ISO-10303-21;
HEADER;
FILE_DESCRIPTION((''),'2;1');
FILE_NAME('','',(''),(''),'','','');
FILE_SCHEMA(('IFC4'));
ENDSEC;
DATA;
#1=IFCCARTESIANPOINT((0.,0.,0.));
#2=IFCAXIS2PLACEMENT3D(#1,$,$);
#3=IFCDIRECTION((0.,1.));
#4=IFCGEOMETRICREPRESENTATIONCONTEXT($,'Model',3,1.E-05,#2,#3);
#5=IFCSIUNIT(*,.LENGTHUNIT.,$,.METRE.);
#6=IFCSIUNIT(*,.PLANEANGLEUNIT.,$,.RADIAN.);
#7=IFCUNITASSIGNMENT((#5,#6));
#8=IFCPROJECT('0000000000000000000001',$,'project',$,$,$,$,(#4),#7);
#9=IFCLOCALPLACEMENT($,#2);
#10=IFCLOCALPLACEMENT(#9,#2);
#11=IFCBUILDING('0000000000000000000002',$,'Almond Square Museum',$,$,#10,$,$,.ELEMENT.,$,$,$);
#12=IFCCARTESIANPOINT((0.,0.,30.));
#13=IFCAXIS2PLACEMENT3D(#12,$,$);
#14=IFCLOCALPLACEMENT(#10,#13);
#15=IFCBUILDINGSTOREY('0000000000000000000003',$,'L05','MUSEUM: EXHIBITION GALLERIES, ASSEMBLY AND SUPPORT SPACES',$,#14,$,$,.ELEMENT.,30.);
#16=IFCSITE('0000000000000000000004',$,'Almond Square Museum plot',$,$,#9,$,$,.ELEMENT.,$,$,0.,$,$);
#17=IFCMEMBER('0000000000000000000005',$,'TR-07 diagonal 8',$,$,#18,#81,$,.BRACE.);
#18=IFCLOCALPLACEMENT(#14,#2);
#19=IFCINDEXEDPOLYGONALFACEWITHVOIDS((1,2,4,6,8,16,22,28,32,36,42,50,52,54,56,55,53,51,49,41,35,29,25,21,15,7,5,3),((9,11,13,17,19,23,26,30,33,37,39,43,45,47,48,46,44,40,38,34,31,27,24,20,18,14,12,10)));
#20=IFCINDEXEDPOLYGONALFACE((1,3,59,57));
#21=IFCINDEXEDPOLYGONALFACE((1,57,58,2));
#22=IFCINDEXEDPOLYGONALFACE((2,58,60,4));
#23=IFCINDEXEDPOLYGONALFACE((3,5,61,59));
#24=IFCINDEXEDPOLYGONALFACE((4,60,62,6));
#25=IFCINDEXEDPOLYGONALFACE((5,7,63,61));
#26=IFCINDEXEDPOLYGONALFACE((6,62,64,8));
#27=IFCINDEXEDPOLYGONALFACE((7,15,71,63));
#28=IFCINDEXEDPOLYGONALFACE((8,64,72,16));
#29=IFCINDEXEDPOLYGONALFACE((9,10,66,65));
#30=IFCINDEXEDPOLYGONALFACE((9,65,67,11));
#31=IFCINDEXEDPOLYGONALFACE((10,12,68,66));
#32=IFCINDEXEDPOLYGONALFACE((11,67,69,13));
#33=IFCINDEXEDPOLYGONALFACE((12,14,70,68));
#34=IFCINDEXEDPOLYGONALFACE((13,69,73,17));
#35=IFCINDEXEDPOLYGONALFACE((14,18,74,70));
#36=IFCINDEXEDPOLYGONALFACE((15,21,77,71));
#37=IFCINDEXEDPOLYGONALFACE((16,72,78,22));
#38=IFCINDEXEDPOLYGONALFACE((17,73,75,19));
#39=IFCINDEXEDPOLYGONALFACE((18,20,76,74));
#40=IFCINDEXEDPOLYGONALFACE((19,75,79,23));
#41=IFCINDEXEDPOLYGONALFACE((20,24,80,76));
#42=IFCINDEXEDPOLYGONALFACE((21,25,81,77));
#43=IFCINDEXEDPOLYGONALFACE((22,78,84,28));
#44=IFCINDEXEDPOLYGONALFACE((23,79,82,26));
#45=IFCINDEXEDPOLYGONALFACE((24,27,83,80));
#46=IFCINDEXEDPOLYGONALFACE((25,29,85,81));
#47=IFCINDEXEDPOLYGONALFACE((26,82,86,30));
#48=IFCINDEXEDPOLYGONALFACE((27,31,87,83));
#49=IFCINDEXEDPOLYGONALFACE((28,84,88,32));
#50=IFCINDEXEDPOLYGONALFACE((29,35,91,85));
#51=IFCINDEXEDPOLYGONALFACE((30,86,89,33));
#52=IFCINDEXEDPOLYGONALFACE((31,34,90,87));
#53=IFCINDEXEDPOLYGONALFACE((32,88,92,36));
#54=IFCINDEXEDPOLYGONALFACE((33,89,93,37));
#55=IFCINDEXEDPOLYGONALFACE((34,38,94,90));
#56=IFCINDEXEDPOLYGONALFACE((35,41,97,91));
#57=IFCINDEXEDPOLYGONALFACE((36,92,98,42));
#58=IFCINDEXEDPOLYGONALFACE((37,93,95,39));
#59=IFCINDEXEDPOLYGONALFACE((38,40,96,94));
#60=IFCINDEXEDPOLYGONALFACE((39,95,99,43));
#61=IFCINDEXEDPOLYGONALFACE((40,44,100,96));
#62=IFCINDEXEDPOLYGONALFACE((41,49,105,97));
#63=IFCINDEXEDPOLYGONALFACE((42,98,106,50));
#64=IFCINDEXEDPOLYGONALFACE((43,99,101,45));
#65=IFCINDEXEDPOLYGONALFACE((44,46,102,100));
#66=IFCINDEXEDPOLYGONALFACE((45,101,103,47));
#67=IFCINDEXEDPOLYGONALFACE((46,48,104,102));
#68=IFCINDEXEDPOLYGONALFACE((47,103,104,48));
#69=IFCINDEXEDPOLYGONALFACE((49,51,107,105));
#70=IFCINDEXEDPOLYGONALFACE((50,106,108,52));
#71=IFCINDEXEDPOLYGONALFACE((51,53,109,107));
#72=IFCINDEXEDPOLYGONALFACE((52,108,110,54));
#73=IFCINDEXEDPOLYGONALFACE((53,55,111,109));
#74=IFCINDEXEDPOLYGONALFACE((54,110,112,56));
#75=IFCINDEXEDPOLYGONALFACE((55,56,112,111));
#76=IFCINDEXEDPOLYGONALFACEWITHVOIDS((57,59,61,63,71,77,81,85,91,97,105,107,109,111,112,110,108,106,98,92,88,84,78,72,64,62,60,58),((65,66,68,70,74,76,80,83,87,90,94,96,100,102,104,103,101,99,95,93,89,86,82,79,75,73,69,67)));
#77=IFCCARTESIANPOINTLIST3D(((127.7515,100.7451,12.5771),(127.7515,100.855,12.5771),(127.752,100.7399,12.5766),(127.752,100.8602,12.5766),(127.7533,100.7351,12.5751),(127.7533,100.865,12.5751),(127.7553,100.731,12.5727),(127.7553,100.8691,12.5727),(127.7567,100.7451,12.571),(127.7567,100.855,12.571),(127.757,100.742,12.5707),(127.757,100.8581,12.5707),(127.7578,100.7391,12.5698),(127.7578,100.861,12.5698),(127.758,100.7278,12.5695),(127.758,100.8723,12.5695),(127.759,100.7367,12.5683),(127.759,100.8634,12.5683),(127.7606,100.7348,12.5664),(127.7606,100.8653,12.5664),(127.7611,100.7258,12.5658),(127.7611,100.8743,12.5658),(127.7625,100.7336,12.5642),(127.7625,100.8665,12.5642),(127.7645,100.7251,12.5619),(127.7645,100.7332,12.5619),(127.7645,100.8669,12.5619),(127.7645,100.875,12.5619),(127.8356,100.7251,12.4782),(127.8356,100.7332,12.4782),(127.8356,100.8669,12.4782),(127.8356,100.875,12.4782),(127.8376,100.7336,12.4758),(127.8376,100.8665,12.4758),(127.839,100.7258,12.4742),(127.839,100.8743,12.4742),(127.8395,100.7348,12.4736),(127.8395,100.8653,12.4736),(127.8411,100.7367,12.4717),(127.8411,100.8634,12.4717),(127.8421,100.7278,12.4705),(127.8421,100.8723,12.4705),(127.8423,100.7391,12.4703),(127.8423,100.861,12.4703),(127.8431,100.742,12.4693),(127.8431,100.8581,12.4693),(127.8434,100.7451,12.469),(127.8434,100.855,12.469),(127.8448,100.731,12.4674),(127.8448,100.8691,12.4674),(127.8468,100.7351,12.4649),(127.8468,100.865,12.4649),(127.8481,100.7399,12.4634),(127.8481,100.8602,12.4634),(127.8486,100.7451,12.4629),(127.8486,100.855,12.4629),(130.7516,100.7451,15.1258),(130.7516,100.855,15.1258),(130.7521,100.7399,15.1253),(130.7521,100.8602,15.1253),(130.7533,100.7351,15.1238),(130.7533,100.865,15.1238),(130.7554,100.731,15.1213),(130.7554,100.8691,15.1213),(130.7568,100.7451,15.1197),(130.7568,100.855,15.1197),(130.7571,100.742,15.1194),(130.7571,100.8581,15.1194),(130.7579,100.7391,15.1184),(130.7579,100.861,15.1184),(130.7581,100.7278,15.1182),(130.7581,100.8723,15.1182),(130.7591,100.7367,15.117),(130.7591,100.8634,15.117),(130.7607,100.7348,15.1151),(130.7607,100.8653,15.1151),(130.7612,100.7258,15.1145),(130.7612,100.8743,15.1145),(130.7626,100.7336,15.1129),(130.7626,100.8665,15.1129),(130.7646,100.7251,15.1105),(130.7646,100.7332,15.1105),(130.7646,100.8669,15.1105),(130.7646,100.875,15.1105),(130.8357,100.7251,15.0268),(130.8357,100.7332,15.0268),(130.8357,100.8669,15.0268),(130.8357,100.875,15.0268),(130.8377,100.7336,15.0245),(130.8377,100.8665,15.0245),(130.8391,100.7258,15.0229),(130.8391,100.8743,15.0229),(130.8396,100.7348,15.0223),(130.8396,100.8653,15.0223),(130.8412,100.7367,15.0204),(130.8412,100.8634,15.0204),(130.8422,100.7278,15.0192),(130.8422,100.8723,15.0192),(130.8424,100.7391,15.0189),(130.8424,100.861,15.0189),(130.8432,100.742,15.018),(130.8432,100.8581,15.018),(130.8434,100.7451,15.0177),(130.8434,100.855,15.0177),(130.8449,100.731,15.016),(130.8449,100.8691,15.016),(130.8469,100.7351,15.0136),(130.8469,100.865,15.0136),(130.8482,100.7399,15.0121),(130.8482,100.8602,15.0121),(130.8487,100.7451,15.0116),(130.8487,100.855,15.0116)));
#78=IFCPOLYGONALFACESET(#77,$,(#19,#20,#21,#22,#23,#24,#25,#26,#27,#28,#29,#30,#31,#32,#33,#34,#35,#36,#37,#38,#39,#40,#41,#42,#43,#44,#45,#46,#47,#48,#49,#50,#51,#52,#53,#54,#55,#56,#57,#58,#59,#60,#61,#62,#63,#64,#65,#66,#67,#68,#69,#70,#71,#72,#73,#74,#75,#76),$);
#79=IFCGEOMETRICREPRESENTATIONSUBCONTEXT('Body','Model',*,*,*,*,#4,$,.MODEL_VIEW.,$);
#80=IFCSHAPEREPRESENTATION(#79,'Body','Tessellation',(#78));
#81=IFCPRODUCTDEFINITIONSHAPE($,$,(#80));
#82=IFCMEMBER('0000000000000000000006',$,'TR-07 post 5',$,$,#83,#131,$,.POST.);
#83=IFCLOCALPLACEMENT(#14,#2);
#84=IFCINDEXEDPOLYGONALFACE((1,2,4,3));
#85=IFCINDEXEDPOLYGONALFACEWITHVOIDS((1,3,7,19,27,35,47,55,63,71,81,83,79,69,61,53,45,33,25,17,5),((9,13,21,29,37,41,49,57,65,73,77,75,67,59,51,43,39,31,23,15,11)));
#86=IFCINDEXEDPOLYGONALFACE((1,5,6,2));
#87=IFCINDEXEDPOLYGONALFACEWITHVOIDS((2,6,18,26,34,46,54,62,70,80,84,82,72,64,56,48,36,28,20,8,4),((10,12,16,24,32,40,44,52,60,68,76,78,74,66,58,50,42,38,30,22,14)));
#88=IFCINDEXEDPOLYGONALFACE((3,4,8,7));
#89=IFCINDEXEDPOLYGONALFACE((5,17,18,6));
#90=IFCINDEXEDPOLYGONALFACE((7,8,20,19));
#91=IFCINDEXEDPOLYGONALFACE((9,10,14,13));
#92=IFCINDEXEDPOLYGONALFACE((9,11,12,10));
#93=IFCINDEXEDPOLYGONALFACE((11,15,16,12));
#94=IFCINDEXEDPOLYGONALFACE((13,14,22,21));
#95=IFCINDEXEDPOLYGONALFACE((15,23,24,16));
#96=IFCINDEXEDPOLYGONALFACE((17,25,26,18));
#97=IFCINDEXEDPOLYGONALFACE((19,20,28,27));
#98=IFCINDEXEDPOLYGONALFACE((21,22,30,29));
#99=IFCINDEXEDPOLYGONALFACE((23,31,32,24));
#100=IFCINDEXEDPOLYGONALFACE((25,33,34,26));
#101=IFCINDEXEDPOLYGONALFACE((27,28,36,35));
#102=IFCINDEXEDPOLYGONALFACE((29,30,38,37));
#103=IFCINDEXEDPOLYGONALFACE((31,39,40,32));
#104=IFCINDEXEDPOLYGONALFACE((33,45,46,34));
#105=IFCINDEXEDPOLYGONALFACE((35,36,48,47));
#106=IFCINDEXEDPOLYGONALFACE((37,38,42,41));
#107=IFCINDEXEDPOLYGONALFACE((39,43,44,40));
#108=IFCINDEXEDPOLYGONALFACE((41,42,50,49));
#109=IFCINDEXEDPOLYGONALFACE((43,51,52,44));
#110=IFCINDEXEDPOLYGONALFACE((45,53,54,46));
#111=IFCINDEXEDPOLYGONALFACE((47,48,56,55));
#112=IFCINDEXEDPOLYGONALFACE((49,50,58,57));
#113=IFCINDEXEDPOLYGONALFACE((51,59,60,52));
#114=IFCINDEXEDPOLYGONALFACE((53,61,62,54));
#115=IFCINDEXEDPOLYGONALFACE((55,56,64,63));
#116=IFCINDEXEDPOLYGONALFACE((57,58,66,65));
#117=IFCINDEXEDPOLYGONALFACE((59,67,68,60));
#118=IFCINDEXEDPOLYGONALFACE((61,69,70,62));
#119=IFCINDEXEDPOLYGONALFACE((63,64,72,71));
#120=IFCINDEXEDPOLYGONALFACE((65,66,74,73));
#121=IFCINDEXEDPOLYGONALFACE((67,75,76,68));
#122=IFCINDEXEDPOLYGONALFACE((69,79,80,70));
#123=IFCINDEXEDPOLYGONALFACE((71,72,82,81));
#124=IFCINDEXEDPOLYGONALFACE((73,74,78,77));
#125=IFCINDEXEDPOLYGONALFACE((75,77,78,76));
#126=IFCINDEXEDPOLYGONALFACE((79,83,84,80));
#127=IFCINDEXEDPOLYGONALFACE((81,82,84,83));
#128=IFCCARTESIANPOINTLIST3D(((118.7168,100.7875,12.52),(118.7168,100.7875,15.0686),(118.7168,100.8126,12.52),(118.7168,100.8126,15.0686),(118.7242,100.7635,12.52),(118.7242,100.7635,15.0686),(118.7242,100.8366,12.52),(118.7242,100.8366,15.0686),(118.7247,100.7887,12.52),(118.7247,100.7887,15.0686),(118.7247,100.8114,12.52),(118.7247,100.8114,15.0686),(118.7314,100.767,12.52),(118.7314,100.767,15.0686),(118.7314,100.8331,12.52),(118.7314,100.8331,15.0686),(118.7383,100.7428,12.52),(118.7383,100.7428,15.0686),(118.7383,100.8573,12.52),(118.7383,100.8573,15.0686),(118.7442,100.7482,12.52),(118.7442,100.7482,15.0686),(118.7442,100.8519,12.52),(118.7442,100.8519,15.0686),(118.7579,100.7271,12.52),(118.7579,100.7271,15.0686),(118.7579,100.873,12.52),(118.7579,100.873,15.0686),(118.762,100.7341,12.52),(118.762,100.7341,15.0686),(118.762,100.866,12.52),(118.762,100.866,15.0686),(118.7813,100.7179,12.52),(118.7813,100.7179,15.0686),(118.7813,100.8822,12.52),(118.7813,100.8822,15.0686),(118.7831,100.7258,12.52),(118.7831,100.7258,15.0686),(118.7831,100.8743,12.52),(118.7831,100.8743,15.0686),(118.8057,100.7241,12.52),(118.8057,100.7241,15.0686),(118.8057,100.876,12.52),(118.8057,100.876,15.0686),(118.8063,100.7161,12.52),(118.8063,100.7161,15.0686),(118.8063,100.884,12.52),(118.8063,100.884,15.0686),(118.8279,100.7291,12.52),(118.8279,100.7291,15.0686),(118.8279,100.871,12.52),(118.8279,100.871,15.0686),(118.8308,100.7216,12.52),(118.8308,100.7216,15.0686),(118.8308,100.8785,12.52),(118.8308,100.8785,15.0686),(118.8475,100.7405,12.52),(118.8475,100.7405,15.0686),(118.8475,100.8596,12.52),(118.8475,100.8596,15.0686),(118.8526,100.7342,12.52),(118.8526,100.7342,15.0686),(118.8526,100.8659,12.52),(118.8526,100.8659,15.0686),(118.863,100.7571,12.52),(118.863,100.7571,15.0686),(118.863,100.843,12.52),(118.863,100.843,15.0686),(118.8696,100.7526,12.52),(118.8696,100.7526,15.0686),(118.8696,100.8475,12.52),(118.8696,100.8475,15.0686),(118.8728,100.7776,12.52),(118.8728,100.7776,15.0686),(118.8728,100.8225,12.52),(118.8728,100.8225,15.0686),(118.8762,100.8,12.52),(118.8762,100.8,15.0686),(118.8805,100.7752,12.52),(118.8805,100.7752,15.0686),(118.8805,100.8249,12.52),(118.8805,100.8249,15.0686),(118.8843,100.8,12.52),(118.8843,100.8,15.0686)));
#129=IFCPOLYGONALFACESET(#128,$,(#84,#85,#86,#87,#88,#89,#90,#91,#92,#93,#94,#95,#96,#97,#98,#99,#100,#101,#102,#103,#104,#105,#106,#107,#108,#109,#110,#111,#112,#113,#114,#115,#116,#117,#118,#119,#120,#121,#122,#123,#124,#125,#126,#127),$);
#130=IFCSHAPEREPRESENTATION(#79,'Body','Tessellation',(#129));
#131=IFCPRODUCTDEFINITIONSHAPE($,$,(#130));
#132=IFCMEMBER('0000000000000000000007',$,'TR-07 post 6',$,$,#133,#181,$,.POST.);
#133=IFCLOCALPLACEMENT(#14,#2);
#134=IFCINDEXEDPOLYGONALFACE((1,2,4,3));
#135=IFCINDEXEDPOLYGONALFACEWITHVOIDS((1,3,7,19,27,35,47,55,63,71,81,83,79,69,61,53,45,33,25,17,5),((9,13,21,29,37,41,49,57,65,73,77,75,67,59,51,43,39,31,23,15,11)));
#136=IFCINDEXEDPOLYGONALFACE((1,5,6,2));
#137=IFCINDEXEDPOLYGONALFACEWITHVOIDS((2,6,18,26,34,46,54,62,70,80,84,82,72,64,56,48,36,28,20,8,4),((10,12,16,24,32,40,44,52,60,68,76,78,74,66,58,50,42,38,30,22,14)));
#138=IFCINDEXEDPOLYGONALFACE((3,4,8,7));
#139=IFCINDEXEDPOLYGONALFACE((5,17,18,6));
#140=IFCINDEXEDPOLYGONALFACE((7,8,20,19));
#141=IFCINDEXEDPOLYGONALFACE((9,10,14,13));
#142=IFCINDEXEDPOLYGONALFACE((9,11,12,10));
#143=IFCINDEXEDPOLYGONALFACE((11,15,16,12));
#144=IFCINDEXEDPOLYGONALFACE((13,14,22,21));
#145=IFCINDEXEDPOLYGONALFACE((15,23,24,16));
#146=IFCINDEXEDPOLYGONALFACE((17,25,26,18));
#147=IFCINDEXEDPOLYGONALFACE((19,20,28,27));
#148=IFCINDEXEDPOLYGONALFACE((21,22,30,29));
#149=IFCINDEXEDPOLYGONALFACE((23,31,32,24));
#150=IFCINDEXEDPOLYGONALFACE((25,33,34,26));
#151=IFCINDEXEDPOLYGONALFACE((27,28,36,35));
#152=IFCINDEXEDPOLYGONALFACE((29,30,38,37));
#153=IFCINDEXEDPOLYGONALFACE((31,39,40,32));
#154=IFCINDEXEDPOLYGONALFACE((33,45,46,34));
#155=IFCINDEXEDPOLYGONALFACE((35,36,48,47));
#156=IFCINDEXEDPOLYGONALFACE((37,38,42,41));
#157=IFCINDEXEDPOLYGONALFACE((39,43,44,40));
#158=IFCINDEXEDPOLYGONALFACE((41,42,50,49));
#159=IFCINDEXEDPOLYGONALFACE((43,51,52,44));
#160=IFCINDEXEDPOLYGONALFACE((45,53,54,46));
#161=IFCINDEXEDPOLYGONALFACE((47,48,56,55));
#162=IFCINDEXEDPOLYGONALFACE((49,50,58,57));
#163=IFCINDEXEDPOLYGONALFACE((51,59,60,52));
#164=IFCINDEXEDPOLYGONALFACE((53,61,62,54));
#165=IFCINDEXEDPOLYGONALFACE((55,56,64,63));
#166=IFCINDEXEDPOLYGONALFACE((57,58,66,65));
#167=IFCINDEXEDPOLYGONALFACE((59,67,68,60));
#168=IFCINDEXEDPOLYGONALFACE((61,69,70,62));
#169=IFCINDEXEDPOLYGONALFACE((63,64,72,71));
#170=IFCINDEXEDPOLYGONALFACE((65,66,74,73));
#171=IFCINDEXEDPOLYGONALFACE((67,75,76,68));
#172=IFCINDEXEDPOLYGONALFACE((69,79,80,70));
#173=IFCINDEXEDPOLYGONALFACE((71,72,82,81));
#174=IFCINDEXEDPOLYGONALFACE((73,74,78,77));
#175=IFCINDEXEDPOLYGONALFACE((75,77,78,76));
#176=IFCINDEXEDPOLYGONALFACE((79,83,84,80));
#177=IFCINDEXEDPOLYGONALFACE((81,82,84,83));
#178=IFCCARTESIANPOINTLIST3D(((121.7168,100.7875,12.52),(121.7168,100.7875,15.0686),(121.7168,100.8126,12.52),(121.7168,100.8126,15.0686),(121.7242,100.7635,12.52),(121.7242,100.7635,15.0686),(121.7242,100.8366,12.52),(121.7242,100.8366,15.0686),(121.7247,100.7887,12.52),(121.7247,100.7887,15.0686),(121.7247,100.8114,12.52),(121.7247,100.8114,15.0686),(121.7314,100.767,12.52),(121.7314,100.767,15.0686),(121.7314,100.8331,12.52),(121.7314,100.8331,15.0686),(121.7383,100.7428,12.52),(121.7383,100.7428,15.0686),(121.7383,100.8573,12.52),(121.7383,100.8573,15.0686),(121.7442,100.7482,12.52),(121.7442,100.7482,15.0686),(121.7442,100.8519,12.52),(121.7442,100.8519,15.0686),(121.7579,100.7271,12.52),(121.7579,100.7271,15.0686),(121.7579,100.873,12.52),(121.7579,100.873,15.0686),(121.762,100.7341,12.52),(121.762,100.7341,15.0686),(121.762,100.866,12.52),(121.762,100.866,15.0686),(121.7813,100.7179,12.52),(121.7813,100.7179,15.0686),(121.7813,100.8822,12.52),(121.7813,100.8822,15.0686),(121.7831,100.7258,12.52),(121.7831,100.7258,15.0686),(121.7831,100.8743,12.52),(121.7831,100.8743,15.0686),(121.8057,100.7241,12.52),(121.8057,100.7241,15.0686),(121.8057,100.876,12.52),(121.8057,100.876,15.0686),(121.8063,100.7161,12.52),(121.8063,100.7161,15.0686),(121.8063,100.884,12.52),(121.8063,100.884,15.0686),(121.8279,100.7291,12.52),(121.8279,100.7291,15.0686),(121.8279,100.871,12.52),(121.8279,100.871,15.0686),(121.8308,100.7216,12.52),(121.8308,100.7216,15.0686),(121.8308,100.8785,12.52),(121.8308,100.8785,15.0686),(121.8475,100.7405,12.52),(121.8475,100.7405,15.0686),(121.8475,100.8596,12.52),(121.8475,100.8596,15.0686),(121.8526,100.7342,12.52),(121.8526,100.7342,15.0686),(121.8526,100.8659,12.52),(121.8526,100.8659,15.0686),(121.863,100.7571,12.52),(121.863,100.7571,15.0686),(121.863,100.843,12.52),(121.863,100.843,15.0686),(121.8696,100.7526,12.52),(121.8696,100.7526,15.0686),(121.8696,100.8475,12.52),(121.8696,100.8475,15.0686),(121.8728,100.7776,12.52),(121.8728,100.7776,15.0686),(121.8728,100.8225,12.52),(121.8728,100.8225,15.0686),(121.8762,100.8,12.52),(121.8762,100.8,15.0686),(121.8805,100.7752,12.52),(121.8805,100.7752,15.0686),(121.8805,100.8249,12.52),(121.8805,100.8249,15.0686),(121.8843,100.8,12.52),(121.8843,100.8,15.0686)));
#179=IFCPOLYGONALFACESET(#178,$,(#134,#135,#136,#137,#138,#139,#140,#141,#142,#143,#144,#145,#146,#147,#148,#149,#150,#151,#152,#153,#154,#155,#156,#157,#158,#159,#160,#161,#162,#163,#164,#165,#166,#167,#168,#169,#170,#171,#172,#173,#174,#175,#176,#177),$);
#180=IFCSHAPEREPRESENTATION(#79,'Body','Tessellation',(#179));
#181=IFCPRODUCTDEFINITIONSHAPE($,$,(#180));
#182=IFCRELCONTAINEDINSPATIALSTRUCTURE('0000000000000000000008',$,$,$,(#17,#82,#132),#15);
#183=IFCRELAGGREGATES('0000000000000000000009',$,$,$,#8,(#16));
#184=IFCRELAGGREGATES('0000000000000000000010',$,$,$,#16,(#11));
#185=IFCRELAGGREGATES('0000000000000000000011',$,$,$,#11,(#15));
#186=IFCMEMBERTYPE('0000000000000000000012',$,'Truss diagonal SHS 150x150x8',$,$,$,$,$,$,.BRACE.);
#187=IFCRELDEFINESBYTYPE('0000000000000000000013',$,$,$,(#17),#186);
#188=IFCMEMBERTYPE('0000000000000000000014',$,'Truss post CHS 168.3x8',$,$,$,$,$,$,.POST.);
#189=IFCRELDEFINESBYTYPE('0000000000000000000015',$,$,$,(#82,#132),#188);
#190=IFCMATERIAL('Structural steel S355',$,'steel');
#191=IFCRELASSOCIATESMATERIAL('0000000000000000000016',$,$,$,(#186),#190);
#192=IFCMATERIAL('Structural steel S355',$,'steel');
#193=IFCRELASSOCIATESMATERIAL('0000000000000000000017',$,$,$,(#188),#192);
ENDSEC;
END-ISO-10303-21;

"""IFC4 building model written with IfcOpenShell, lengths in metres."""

from ifc_helpers import new_model, si_unit, direction, frame, origin, origin_2d, place, context, subcontext, project, spatial, hollow_rectangle, hollow_circle, extrude, material, material_profile, profile_set, type_object, element, save


model = new_model("IFC4")

# Units and contexts
model_context = context("Model", 3, precision=1e-05, world=origin(), true_north=direction((0.0, 1.0)))
body_context = subcontext(model_context, "Body", "Model", "MODEL_VIEW")
ifc_project = project(units=[si_unit("LENGTHUNIT", "METRE"), si_unit("PLANEANGLEUNIT", "RADIAN")], contexts=[model_context])

# Site, building, storey
site_placement = place(None, origin())
site = spatial("IfcSite", under=ifc_project, at=site_placement, Name="Almond Square Museum plot", CompositionType="ELEMENT", RefElevation=0.0)
building_placement = place(site_placement, origin())
building = spatial("IfcBuilding", under=site, at=building_placement, Name="Almond Square Museum", CompositionType="ELEMENT")
storey_placement = place(building_placement, frame((0.0, 0.0, 30.0)))
storey = spatial("IfcBuildingStorey", under=building, at=storey_placement, Name="L05", Description="MUSEUM: EXHIBITION GALLERIES, ASSEMBLY AND SUPPORT SPACES", CompositionType="ELEMENT", Elevation=30.0)

# Members
ifc_material_1 = material(Name="Structural steel S355", Category="steel")
ifc_material_profile_1 = material_profile(ifc_material_1, hollow_rectangle(XDim=0.1499, YDim=0.1499, WallThickness=0.0081, InnerFilletRadius=0.012, OuterFilletRadius=0.02, at=origin_2d()))
ifc_profile_set_1 = profile_set([ifc_material_profile_1], Name="Structural steel S355")
member_type_1 = type_object("IfcMemberType", Name="Truss diagonal SHS 150x150x8", PredefinedType="BRACE", material=ifc_profile_set_1)
member_1_placement = place(storey_placement, frame((127.8, 100.8, 12.52), z_axis=(0.762117, 0.0, 0.64744), x_axis=(0.0, 1.0, 0.0)))
element("IfcMember", 1, at=member_1_placement, inside=storey, type_object=member_type_1, Name="TR-07 diagonal 8", PredefinedType="BRACE", context=body_context, shape_type="SweptSolid", body=[
    extrude(hollow_rectangle(XDim=0.1499, YDim=0.1499, WallThickness=0.0081, InnerFilletRadius=0.012, OuterFilletRadius=0.02, at=origin_2d()), origin(), (0.0, 0.0, 1.0), 3.9365),
])
ifc_material_2 = material(Name="Structural steel S355", Category="steel")
ifc_material_profile_2 = material_profile(ifc_material_2, hollow_circle(Radius=0.0842, WallThickness=0.0081, at=origin_2d()))
ifc_profile_set_2 = profile_set([ifc_material_profile_2], Name="Structural steel S355")
member_type_2 = type_object("IfcMemberType", Name="Truss post CHS 168.3x8", PredefinedType="POST", material=ifc_profile_set_2)
for number, where, z_axis, x_axis, name in (
    (2, (118.8, 100.8, 12.52), (0.0, 0.0, 1.0), (1.0, 0.0, 0.0), "TR-07 post 5"),
    (3, (121.8, 100.8, 12.52), (0.0, 0.0, 1.0), (1.0, 0.0, 0.0), "TR-07 post 6"),
):
    element("IfcMember", number, at=place(storey_placement, frame(where, z_axis=z_axis, x_axis=x_axis)), inside=storey, type_object=member_type_2, Name=name, PredefinedType="POST", context=body_context, shape_type="SweptSolid", body=[
        extrude(hollow_circle(Radius=0.0842, WallThickness=0.0081, at=origin_2d()), origin(), (0.0, 0.0, 1.0), 2.5486),
    ])

save(model, "model.ifc")
